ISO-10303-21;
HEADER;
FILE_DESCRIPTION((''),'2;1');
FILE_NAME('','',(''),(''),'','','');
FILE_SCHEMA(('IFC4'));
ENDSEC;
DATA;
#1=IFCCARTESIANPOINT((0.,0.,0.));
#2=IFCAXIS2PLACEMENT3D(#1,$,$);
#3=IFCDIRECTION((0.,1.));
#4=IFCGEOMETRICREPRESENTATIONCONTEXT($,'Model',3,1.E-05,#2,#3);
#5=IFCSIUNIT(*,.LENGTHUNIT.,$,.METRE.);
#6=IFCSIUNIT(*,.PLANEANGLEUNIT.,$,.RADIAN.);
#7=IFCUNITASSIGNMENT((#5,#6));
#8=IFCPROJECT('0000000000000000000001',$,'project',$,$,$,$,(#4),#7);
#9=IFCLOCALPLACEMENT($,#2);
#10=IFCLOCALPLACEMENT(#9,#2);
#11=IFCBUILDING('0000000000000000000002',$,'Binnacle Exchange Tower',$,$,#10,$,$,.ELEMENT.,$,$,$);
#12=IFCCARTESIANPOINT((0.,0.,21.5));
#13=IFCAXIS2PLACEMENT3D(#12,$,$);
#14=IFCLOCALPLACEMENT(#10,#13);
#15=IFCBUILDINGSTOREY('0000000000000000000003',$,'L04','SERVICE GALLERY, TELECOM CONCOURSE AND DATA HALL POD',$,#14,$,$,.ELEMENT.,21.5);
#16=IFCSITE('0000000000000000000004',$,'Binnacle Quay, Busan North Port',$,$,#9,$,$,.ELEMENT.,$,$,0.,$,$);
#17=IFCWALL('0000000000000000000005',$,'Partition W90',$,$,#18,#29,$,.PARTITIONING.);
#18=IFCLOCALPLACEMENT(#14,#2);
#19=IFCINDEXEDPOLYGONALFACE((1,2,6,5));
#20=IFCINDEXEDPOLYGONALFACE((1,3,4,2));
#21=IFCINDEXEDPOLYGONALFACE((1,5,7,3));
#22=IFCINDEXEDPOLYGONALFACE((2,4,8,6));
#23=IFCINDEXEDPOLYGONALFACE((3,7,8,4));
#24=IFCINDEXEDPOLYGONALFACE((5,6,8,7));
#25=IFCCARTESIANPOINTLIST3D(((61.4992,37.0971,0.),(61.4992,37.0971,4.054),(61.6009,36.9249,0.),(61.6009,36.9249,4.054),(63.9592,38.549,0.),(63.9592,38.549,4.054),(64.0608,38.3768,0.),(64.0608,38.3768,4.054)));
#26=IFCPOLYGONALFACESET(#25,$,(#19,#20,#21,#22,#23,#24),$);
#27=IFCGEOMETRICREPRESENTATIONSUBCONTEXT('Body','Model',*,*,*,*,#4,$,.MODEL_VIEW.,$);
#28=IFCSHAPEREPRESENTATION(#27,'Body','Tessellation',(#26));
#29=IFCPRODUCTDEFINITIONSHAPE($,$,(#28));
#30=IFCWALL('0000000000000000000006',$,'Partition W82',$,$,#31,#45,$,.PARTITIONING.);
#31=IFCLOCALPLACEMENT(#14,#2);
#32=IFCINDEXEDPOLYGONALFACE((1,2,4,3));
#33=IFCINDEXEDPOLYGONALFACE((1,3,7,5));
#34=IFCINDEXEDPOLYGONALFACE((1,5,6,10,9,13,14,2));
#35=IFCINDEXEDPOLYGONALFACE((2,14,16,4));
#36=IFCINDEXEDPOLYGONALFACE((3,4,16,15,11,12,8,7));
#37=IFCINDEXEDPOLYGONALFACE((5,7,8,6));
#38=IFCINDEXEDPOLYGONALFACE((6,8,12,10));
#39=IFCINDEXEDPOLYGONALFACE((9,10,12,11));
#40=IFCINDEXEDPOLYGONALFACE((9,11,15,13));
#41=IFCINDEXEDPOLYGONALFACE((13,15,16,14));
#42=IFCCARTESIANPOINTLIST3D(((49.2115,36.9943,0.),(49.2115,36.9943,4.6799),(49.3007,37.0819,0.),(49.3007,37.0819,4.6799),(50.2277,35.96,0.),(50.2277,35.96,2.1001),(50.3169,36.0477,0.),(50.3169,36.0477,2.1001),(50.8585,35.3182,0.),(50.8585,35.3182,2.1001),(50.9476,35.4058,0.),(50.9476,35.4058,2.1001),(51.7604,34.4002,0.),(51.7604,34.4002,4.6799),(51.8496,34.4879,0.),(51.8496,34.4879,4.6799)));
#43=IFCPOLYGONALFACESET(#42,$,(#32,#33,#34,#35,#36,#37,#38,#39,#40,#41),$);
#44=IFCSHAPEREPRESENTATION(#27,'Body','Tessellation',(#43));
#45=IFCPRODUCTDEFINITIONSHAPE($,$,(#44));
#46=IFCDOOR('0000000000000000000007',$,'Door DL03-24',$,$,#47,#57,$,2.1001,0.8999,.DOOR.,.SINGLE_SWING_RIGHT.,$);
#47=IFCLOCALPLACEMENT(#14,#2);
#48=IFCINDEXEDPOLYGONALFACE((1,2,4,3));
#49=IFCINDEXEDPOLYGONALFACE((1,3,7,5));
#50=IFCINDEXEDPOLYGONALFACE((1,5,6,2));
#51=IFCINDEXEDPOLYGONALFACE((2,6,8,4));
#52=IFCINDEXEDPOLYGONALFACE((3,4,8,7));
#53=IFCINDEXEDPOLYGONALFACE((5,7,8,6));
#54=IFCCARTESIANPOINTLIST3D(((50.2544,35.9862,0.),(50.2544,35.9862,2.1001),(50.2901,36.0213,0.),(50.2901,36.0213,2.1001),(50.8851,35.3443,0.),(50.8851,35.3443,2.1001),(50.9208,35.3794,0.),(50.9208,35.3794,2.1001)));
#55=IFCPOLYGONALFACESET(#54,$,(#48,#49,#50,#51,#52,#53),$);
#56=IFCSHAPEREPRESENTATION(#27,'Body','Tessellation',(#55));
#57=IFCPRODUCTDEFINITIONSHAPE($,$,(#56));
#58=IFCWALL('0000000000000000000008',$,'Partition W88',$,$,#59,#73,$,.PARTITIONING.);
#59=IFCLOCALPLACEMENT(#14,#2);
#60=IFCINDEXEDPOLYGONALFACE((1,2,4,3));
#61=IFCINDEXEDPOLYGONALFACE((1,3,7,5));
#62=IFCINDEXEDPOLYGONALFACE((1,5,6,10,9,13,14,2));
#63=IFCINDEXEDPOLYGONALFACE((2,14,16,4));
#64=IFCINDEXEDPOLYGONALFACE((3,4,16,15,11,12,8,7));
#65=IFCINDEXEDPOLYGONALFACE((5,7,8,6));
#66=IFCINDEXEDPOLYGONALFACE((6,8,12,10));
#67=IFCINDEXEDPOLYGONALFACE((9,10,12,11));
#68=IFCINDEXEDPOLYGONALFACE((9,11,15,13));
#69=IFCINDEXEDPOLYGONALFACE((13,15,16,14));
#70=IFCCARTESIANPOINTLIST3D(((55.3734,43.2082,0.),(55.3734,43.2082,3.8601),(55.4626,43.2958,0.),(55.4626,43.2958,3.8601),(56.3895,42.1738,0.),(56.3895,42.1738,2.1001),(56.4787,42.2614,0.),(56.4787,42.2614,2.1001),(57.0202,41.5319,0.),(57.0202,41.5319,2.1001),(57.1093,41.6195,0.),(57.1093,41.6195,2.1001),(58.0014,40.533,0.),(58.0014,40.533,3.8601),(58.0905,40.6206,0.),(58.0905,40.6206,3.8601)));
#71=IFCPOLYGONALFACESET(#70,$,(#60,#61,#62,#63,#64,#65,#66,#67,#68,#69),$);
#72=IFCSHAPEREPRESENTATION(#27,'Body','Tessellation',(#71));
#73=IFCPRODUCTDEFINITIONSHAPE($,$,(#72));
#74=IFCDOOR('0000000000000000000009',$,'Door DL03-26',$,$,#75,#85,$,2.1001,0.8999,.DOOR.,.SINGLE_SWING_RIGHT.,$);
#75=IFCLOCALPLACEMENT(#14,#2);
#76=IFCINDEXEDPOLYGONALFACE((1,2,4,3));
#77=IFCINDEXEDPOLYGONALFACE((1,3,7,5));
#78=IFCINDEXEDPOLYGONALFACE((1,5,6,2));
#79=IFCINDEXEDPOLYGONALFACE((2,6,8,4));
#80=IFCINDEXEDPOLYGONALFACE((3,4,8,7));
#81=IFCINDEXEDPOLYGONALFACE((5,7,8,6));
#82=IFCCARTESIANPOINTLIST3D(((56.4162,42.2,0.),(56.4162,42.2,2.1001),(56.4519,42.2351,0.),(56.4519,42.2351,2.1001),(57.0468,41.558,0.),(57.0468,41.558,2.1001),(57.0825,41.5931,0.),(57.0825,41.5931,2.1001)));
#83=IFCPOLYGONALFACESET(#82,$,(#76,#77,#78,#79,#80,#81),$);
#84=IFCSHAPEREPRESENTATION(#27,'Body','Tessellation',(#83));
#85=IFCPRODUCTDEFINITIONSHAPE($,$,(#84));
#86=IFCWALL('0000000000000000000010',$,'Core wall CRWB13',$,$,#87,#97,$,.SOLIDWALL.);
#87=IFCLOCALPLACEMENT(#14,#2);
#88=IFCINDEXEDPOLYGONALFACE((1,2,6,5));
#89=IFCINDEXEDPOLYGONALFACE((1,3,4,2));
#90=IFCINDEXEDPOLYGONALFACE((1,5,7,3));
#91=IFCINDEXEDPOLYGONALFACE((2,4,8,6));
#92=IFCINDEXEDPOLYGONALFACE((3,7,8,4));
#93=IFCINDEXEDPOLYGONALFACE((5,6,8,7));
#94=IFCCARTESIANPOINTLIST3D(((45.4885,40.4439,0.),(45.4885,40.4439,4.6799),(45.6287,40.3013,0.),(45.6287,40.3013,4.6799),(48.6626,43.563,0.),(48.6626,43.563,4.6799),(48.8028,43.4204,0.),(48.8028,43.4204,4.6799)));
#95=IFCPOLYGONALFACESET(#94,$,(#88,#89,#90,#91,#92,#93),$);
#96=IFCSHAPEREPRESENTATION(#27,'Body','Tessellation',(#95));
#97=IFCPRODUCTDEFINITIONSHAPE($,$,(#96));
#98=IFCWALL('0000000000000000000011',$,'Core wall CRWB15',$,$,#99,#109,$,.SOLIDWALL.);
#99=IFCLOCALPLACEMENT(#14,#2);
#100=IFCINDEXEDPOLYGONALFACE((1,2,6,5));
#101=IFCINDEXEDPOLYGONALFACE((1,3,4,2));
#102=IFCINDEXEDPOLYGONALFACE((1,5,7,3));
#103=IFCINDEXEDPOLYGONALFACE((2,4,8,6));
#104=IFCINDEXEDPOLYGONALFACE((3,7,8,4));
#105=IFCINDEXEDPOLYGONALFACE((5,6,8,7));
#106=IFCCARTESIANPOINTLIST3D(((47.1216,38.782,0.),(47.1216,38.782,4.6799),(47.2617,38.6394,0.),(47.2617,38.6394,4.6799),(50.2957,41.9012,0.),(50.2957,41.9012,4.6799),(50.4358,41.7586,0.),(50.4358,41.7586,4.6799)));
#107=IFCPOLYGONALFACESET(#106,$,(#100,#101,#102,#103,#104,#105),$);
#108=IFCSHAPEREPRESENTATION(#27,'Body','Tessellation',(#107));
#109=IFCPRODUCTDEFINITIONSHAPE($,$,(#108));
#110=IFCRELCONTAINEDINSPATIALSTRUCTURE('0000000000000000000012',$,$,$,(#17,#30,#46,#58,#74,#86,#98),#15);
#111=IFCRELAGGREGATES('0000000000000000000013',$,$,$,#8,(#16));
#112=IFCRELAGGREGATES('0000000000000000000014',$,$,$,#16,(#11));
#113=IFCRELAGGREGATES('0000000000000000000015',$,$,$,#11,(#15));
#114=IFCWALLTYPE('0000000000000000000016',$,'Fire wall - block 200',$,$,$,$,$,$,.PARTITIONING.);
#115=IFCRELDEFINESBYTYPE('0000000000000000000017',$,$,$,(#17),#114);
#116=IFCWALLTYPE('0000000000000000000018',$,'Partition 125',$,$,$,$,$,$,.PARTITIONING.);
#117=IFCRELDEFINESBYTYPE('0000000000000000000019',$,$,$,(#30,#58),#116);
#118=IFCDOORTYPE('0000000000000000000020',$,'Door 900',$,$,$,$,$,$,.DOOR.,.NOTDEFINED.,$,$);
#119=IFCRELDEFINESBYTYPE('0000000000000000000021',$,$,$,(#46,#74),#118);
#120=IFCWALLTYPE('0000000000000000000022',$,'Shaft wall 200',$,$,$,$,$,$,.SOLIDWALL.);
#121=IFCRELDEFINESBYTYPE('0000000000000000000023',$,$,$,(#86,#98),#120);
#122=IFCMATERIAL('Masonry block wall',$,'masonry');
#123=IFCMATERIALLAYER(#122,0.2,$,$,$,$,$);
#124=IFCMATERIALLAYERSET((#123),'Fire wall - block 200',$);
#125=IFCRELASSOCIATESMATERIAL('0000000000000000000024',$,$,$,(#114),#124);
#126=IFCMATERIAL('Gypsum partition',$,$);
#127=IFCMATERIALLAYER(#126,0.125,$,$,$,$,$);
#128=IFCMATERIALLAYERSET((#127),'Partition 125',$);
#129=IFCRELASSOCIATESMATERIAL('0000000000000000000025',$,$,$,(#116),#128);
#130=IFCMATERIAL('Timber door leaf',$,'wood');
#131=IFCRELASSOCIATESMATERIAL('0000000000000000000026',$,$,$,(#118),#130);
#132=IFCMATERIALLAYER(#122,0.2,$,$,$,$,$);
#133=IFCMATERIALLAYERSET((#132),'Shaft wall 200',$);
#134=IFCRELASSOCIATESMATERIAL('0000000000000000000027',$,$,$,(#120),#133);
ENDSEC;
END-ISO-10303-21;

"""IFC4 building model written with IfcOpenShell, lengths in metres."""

from ifc_helpers import new_model, si_unit, direction, frame, frame_2d, origin, place, context, subcontext, project, spatial, rectangle, extrude, material, layer, layer_set, type_object, element, fill, save


model = new_model("IFC4")

# Units and contexts
model_context = context("Model", 3, precision=1e-05, world=origin(), true_north=direction((0.0, 1.0)))
body_context = subcontext(model_context, "Body", "Model", "MODEL_VIEW")
ifc_project = project(units=[si_unit("LENGTHUNIT", "METRE"), si_unit("PLANEANGLEUNIT", "RADIAN")], contexts=[model_context])

# Site, building, storey
site_placement = place(None, origin())
site = spatial("IfcSite", under=ifc_project, at=site_placement, Name="Binnacle Quay, Busan North Port", CompositionType="ELEMENT", RefElevation=0.0)
building_placement = place(site_placement, origin())
building = spatial("IfcBuilding", under=site, at=building_placement, Name="Binnacle Exchange Tower", CompositionType="ELEMENT")
storey_placement = place(building_placement, frame((0.0, 0.0, 21.5)))
storey = spatial("IfcBuildingStorey", under=building, at=storey_placement, Name="L04", Description="SERVICE GALLERY, TELECOM CONCOURSE AND DATA HALL POD", CompositionType="ELEMENT", Elevation=21.5)

# Wall
ifc_material_1 = material(Name="Masonry block wall", Category="masonry")
ifc_layer_1 = layer(ifc_material_1, 0.2)
ifc_layer_set_1 = layer_set([ifc_layer_1], Name="Fire wall - block 200")
wall_type_1 = type_object("IfcWallType", Name="Fire wall - block 200", PredefinedType="PARTITIONING", material=ifc_layer_set_1)
wall_1_placement = place(storey_placement, frame((61.55, 37.011, 0.0), z_axis=(0.0, 0.0, 1.0), x_axis=(0.861188, 0.508286, 0.0)))
element("IfcWall", 1, at=wall_1_placement, inside=storey, type_object=wall_type_1, Name="Partition W90", PredefinedType="PARTITIONING", context=body_context, shape_type="SweptSolid", body=[
    extrude(rectangle(XDim=2.8564, YDim=0.2, at=frame_2d((1.4282, 0.0))), origin(), (0.0, 0.0, 1.0), 4.054),
])

# Walls, openings, doors
ifc_material_2 = material(Name="Gypsum partition")
ifc_layer_2 = layer(ifc_material_2, 0.125)
ifc_layer_set_2 = layer_set([ifc_layer_2], Name="Partition 125")
wall_type_2 = type_object("IfcWallType", Name="Partition 125", PredefinedType="PARTITIONING", material=ifc_layer_set_2)
wall_2_placement = place(storey_placement, frame((49.2561, 37.0381, 0.0), z_axis=(0.0, 0.0, 1.0), x_axis=(0.70087, -0.713289, 0.0)))
wall_2 = element("IfcWall", 2, at=wall_2_placement, inside=storey, type_object=wall_type_2, Name="Partition W82", PredefinedType="PARTITIONING", context=body_context, shape_type="SweptSolid", body=[
    extrude(rectangle(XDim=3.6367, YDim=0.125, at=frame_2d((1.8184, 0.0))), origin(), (0.0, 0.0, 1.0), 4.6799),
])
opening_1_placement = place(wall_2_placement, frame((1.45, 0.0, 0.0)))
opening_1 = element("IfcOpeningElement", 3, at=opening_1_placement, cuts=wall_2, PredefinedType="OPENING", context=body_context, shape_type="SweptSolid", body=[
    extrude(rectangle(XDim=0.8999, YDim=2.1001, at=frame_2d((0.45, 1.05))), frame((0.0, 0.0725, 0.0), z_axis=(0.0, -1.0, 0.0), x_axis=(1.0, 0.0, 0.0)), (0.0, 0.0, 1.0), 0.145),
])
ifc_material_3 = material(Name="Timber door leaf", Category="wood")
door_type_1 = type_object("IfcDoorType", Name="Door 900", OperationType="NOTDEFINED", PredefinedType="DOOR", material=ifc_material_3)
door_1_placement = place(opening_1_placement, origin())
door_1 = element("IfcDoor", 4, at=door_1_placement, inside=storey, type_object=door_type_1, Name="Door DL03-24", OperationType="SINGLE_SWING_RIGHT", OverallHeight=2.1001, OverallWidth=0.8999, PredefinedType="DOOR", context=body_context, shape_type="SweptSolid", body=[
    extrude(rectangle(XDim=0.8999, YDim=2.1001, at=frame_2d((0.45, 1.05))), frame((0.0, 0.0249, 0.0), z_axis=(0.0, -1.0, 0.0), x_axis=(1.0, 0.0, 0.0)), (0.0, 0.0, 1.0), 0.05),
])
fill(opening_1, door_1)
wall_3_placement = place(storey_placement, frame((55.418, 43.252, 0.0), z_axis=(0.0, 0.0, 1.0), x_axis=(0.700796, -0.713362, 0.0)))
wall_3 = element("IfcWall", 5, at=wall_3_placement, inside=storey, type_object=wall_type_2, Name="Partition W88", PredefinedType="PARTITIONING", context=body_context, shape_type="SweptSolid", body=[
    extrude(rectangle(XDim=3.75, YDim=0.125, at=frame_2d((1.875, 0.0))), origin(), (0.0, 0.0, 1.0), 3.8601),
])
opening_2_placement = place(wall_3_placement, frame((1.45, 0.0, 0.0)))
opening_2 = element("IfcOpeningElement", 6, at=opening_2_placement, cuts=wall_3, PredefinedType="OPENING", context=body_context, shape_type="SweptSolid", body=[
    extrude(rectangle(XDim=0.8999, YDim=2.1001, at=frame_2d((0.45, 1.05))), frame((0.0, 0.0725, 0.0), z_axis=(0.0, -1.0, 0.0), x_axis=(1.0, 0.0, 0.0)), (0.0, 0.0, 1.0), 0.145),
])
door_2_placement = place(opening_2_placement, origin())
door_2 = element("IfcDoor", 7, at=door_2_placement, inside=storey, type_object=door_type_1, Name="Door DL03-26", OperationType="SINGLE_SWING_RIGHT", OverallHeight=2.1001, OverallWidth=0.8999, PredefinedType="DOOR", context=body_context, shape_type="SweptSolid", body=[
    extrude(rectangle(XDim=0.8999, YDim=2.1001, at=frame_2d((0.45, 1.05))), frame((0.0, 0.0249, 0.0), z_axis=(0.0, -1.0, 0.0), x_axis=(1.0, 0.0, 0.0)), (0.0, 0.0, 1.0), 0.05),
])
fill(opening_2, door_2)

# Walls
ifc_layer_3 = layer(ifc_material_1, 0.2)
ifc_layer_set_3 = layer_set([ifc_layer_3], Name="Shaft wall 200")
wall_type_3 = type_object("IfcWallType", Name="Shaft wall 200", PredefinedType="SOLIDWALL", material=ifc_layer_set_3)
for number, where, z_axis, x_axis, name in (
    (8, (45.5586, 40.3726, 0.0), (0.0, 0.0, 1.0), (0.713252, 0.700908, 0.0), "Core wall CRWB13"),
    (9, (47.1917, 38.7107, 0.0), (0.0, 0.0, 1.0), (0.713252, 0.700908, 0.0), "Core wall CRWB15"),
):
    element("IfcWall", number, at=place(storey_placement, frame(where, z_axis=z_axis, x_axis=x_axis)), inside=storey, type_object=wall_type_3, Name=name, PredefinedType="SOLIDWALL", context=body_context, shape_type="SweptSolid", body=[
        extrude(rectangle(XDim=4.4502, YDim=0.2, at=frame_2d((2.2251, 0.0))), origin(), (0.0, 0.0, 1.0), 4.6799),
    ])

save(model, "model.ifc")
